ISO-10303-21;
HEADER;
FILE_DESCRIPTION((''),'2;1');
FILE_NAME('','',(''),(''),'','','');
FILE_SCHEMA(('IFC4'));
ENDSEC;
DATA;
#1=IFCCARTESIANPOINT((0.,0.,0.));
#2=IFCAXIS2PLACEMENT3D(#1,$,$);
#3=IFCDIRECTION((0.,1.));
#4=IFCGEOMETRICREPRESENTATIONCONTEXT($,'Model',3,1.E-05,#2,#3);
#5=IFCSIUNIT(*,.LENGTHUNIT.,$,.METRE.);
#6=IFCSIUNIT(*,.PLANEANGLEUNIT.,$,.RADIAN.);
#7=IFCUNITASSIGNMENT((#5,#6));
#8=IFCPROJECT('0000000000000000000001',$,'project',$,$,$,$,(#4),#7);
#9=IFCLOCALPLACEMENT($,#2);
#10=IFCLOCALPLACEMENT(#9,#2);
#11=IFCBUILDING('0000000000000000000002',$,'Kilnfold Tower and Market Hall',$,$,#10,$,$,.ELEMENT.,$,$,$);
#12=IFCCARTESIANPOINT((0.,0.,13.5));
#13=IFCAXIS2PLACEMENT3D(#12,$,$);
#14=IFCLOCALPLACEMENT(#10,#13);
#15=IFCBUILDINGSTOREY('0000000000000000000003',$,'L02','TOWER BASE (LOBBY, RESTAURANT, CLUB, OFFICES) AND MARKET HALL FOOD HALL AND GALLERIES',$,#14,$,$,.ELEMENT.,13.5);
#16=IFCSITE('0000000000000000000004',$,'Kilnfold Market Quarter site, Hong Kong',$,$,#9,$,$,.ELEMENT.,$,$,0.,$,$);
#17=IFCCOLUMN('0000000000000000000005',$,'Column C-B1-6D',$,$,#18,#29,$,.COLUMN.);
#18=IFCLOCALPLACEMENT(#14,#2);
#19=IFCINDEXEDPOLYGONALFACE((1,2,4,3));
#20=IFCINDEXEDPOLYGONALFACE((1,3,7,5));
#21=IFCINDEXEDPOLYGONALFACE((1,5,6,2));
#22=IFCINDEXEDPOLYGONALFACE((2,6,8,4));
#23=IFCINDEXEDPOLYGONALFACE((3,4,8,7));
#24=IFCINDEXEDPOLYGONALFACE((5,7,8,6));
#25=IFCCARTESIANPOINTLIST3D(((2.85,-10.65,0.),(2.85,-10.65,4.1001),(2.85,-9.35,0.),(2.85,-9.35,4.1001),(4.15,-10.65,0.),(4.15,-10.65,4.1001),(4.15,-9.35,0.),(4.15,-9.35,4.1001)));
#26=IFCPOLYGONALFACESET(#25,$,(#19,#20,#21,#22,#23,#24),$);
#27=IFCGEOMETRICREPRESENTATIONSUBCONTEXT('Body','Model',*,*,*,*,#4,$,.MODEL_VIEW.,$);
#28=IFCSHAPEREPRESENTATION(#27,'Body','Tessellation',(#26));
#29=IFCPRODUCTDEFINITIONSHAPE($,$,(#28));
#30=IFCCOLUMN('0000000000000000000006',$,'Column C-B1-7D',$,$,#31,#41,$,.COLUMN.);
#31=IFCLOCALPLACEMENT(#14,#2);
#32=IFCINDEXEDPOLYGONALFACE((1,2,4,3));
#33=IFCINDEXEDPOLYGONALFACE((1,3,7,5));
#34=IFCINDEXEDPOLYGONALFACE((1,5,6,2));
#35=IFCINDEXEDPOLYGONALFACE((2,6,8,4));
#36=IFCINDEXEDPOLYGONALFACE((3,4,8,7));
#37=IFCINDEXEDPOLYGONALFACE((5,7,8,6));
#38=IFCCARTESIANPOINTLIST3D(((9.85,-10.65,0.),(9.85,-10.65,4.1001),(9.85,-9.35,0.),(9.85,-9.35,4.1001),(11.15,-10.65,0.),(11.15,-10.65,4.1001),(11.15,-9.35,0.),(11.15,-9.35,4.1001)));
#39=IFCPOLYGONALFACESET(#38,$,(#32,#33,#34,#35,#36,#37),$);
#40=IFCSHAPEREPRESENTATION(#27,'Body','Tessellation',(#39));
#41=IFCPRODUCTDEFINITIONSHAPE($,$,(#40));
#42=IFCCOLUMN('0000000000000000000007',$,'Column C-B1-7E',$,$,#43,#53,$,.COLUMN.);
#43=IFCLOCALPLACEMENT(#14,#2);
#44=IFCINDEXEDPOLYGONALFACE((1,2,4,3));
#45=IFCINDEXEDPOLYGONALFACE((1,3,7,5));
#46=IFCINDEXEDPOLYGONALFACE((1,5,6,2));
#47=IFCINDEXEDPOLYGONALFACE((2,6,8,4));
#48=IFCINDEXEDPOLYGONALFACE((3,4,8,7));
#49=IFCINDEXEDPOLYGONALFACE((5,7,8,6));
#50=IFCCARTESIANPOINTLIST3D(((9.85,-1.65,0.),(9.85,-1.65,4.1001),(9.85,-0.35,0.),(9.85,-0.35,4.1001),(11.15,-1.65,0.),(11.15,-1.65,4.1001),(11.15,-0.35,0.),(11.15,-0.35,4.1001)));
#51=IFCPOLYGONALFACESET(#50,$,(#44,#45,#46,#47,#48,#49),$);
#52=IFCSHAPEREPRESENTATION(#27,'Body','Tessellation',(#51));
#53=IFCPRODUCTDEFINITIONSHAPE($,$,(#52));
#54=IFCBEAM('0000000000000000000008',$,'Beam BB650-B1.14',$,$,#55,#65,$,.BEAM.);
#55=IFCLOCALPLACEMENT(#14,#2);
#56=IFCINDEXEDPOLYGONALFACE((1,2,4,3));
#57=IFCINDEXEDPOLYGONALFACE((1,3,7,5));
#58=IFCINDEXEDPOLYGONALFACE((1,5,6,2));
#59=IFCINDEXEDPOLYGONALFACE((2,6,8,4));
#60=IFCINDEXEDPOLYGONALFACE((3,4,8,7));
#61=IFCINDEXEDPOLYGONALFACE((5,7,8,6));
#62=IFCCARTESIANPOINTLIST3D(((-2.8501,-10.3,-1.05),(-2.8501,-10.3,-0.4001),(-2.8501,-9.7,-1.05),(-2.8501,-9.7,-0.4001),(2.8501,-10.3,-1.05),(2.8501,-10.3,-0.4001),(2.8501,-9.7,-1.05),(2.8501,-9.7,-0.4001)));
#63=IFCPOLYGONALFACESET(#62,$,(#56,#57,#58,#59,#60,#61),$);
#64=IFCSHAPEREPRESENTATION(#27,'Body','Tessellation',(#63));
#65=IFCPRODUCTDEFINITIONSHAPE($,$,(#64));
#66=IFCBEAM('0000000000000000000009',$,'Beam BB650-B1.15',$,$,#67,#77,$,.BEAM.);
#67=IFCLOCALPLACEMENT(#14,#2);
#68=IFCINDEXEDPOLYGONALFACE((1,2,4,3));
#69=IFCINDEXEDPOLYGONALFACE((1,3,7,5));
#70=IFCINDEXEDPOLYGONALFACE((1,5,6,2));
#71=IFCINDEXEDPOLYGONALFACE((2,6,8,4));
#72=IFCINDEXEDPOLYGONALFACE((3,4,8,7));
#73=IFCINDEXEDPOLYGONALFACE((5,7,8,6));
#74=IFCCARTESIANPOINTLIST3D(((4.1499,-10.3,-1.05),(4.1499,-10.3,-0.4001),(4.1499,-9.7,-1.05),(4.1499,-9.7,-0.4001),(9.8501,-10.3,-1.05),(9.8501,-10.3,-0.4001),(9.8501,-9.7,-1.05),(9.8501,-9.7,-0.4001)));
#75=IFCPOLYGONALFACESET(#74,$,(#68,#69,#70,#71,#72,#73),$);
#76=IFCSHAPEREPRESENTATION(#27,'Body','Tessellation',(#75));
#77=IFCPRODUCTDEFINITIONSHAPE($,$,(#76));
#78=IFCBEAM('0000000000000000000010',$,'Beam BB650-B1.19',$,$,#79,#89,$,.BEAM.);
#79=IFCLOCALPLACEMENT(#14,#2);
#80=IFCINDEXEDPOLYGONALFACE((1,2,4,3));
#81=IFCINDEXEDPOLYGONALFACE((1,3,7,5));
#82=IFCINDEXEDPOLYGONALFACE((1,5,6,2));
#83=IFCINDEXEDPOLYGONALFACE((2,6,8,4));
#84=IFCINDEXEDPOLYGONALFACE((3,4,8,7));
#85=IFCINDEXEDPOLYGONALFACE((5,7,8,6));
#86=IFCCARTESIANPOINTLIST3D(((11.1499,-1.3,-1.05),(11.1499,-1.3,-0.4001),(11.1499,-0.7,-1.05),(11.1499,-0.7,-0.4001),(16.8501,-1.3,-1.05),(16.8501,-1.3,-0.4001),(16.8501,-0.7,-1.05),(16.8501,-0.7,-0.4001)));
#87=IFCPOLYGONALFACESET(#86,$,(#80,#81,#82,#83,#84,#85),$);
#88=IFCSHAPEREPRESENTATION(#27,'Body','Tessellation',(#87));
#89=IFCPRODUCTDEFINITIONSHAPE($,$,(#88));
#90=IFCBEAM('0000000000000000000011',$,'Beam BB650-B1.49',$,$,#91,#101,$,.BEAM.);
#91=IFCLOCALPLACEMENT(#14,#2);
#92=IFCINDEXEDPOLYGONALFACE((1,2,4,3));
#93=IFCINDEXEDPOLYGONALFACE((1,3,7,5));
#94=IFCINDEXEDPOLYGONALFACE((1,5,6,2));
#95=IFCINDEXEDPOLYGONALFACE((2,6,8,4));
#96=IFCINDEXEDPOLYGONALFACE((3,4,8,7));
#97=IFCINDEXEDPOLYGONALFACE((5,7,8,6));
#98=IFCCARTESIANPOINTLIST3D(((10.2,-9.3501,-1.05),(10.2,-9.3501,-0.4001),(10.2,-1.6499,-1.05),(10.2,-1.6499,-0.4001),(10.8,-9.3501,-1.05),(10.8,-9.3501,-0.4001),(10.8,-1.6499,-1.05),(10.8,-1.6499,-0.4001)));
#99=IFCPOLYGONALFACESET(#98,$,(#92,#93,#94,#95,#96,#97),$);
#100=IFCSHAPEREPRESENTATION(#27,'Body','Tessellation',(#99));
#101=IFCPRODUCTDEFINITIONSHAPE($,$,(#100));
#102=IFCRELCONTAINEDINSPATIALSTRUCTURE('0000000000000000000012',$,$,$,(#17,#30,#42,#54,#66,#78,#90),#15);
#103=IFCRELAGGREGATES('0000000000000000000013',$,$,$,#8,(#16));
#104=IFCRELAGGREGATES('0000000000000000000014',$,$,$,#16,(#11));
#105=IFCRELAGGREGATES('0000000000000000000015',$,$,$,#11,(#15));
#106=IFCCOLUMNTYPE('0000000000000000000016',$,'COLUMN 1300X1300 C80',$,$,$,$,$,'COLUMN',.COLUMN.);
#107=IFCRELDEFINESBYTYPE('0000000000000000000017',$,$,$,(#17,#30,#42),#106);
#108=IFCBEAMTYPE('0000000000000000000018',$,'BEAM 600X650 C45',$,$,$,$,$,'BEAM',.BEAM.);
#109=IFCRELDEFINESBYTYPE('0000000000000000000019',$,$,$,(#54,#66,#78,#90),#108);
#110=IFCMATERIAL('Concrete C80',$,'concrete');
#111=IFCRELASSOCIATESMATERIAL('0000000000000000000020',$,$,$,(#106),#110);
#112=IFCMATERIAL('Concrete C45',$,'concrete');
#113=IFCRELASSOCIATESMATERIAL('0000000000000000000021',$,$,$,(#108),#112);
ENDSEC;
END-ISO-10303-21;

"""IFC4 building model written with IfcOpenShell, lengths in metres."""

from ifc_helpers import new_model, si_unit, direction, frame, origin, origin_2d, place, context, subcontext, project, spatial, rectangle, extrude, source, transform, mapped, material, material_profile, profile_set, type_object, element, save


model = new_model("IFC4")

# Units and contexts
model_context = context("Model", 3, precision=1e-05, world=origin(), true_north=direction((0.0, 1.0)))
body_context = subcontext(model_context, "Body", "Model", "MODEL_VIEW")
ifc_project = project(units=[si_unit("LENGTHUNIT", "METRE"), si_unit("PLANEANGLEUNIT", "RADIAN")], contexts=[model_context])

# Site, building, storey
site_placement = place(None, origin())
site = spatial("IfcSite", under=ifc_project, at=site_placement, Name="Kilnfold Market Quarter site, Hong Kong", CompositionType="ELEMENT", RefElevation=0.0)
building_placement = place(site_placement, origin())
building = spatial("IfcBuilding", under=site, at=building_placement, Name="Kilnfold Tower and Market Hall", CompositionType="ELEMENT")
storey_placement = place(building_placement, frame((0.0, 0.0, 13.5)))
storey = spatial("IfcBuildingStorey", under=building, at=storey_placement, Name="L02", Description="TOWER BASE (LOBBY, RESTAURANT, CLUB, OFFICES) AND MARKET HALL FOOD HALL AND GALLERIES", CompositionType="ELEMENT", Elevation=13.5)

# Columns
ifc_material_1 = material(Name="Concrete C80", Category="concrete")
ifc_material_profile_1 = material_profile(ifc_material_1, rectangle(XDim=1.3, YDim=1.3, at=origin_2d()), Name="RC 1300x1300")
ifc_profile_set_1 = profile_set([ifc_material_profile_1], Name="Concrete C80")
column_type = type_object("IfcColumnType", Name="COLUMN 1300X1300 C80", ElementType="COLUMN", PredefinedType="COLUMN", material=ifc_profile_set_1)
shared_shape_1 = source(origin(), body_context, "Body", "SweptSolid", [
    extrude(rectangle(XDim=1.3, YDim=1.3, at=origin_2d()), origin(), (0.0, 0.0, 1.0), 4.1001),
])
for number, where, z_axis, x_axis, name in (
    (1, (3.5, -10.0, 0.0), (0.0, 0.0, 1.0), (1.0, 0.0, 0.0), "Column C-B1-6D"),
    (2, (10.5, -10.0, 0.0), (0.0, 0.0, 1.0), (1.0, 0.0, 0.0), "Column C-B1-7D"),
    (3, (10.5, -1.0, 0.0), (0.0, 0.0, 1.0), (1.0, 0.0, 0.0), "Column C-B1-7E"),
):
    element("IfcColumn", number, at=place(storey_placement, frame(where, z_axis=z_axis, x_axis=x_axis)), inside=storey, type_object=column_type, Name=name, PredefinedType="COLUMN", context=body_context, shape_type="MappedRepresentation", body=[
        mapped(shared_shape_1, transform((0.0, 0.0, 0.0))),
    ])

# Beams
ifc_material_2 = material(Name="Concrete C45", Category="concrete")
ifc_material_profile_2 = material_profile(ifc_material_2, rectangle(XDim=0.6001, YDim=0.6499, at=origin_2d()), Name="RC 600x650")
ifc_profile_set_2 = profile_set([ifc_material_profile_2], Name="Concrete C45")
beam_type = type_object("IfcBeamType", Name="BEAM 600X650 C45", ElementType="BEAM", PredefinedType="BEAM", material=ifc_profile_set_2)
shared_shape_2 = source(origin(), body_context, "Body", "SweptSolid", [
    extrude(rectangle(XDim=0.6001, YDim=0.6499, at=origin_2d()), origin(), (0.0, 0.0, 1.0), 5.7002),
])
for number, where, z_axis, x_axis, name in (
    (4, (-2.8501, -10.0, -0.7251), (1.0, 0.0, 0.0), (0.0, 1.0, 0.0), "Beam BB650-B1.14"),
    (5, (4.1499, -10.0, -0.7251), (1.0, 0.0, 0.0), (0.0, 1.0, 0.0), "Beam BB650-B1.15"),
    (6, (11.1499, -1.0, -0.7251), (1.0, 0.0, 0.0), (0.0, 1.0, 0.0), "Beam BB650-B1.19"),
):
    element("IfcBeam", number, at=place(storey_placement, frame(where, z_axis=z_axis, x_axis=x_axis)), inside=storey, type_object=beam_type, Name=name, PredefinedType="BEAM", context=body_context, shape_type="MappedRepresentation", body=[
        mapped(shared_shape_2, transform((0.0, 0.0, 0.0))),
    ])
shared_shape_3 = source(origin(), body_context, "Body", "SweptSolid", [
    extrude(rectangle(XDim=0.6001, YDim=0.6499, at=origin_2d()), origin(), (0.0, 0.0, 1.0), 7.7002),
])
beam_placement = place(storey_placement, frame((10.5, -9.3501, -0.7251), z_axis=(0.0, 1.0, 0.0), x_axis=(-1.0, 0.0, 0.0)))
element("IfcBeam", 7, at=beam_placement, inside=storey, type_object=beam_type, Name="Beam BB650-B1.49", PredefinedType="BEAM", context=body_context, shape_type="MappedRepresentation", body=[
    mapped(shared_shape_3, transform((0.0, 0.0, 0.0))),
])

save(model, "model.ifc")
